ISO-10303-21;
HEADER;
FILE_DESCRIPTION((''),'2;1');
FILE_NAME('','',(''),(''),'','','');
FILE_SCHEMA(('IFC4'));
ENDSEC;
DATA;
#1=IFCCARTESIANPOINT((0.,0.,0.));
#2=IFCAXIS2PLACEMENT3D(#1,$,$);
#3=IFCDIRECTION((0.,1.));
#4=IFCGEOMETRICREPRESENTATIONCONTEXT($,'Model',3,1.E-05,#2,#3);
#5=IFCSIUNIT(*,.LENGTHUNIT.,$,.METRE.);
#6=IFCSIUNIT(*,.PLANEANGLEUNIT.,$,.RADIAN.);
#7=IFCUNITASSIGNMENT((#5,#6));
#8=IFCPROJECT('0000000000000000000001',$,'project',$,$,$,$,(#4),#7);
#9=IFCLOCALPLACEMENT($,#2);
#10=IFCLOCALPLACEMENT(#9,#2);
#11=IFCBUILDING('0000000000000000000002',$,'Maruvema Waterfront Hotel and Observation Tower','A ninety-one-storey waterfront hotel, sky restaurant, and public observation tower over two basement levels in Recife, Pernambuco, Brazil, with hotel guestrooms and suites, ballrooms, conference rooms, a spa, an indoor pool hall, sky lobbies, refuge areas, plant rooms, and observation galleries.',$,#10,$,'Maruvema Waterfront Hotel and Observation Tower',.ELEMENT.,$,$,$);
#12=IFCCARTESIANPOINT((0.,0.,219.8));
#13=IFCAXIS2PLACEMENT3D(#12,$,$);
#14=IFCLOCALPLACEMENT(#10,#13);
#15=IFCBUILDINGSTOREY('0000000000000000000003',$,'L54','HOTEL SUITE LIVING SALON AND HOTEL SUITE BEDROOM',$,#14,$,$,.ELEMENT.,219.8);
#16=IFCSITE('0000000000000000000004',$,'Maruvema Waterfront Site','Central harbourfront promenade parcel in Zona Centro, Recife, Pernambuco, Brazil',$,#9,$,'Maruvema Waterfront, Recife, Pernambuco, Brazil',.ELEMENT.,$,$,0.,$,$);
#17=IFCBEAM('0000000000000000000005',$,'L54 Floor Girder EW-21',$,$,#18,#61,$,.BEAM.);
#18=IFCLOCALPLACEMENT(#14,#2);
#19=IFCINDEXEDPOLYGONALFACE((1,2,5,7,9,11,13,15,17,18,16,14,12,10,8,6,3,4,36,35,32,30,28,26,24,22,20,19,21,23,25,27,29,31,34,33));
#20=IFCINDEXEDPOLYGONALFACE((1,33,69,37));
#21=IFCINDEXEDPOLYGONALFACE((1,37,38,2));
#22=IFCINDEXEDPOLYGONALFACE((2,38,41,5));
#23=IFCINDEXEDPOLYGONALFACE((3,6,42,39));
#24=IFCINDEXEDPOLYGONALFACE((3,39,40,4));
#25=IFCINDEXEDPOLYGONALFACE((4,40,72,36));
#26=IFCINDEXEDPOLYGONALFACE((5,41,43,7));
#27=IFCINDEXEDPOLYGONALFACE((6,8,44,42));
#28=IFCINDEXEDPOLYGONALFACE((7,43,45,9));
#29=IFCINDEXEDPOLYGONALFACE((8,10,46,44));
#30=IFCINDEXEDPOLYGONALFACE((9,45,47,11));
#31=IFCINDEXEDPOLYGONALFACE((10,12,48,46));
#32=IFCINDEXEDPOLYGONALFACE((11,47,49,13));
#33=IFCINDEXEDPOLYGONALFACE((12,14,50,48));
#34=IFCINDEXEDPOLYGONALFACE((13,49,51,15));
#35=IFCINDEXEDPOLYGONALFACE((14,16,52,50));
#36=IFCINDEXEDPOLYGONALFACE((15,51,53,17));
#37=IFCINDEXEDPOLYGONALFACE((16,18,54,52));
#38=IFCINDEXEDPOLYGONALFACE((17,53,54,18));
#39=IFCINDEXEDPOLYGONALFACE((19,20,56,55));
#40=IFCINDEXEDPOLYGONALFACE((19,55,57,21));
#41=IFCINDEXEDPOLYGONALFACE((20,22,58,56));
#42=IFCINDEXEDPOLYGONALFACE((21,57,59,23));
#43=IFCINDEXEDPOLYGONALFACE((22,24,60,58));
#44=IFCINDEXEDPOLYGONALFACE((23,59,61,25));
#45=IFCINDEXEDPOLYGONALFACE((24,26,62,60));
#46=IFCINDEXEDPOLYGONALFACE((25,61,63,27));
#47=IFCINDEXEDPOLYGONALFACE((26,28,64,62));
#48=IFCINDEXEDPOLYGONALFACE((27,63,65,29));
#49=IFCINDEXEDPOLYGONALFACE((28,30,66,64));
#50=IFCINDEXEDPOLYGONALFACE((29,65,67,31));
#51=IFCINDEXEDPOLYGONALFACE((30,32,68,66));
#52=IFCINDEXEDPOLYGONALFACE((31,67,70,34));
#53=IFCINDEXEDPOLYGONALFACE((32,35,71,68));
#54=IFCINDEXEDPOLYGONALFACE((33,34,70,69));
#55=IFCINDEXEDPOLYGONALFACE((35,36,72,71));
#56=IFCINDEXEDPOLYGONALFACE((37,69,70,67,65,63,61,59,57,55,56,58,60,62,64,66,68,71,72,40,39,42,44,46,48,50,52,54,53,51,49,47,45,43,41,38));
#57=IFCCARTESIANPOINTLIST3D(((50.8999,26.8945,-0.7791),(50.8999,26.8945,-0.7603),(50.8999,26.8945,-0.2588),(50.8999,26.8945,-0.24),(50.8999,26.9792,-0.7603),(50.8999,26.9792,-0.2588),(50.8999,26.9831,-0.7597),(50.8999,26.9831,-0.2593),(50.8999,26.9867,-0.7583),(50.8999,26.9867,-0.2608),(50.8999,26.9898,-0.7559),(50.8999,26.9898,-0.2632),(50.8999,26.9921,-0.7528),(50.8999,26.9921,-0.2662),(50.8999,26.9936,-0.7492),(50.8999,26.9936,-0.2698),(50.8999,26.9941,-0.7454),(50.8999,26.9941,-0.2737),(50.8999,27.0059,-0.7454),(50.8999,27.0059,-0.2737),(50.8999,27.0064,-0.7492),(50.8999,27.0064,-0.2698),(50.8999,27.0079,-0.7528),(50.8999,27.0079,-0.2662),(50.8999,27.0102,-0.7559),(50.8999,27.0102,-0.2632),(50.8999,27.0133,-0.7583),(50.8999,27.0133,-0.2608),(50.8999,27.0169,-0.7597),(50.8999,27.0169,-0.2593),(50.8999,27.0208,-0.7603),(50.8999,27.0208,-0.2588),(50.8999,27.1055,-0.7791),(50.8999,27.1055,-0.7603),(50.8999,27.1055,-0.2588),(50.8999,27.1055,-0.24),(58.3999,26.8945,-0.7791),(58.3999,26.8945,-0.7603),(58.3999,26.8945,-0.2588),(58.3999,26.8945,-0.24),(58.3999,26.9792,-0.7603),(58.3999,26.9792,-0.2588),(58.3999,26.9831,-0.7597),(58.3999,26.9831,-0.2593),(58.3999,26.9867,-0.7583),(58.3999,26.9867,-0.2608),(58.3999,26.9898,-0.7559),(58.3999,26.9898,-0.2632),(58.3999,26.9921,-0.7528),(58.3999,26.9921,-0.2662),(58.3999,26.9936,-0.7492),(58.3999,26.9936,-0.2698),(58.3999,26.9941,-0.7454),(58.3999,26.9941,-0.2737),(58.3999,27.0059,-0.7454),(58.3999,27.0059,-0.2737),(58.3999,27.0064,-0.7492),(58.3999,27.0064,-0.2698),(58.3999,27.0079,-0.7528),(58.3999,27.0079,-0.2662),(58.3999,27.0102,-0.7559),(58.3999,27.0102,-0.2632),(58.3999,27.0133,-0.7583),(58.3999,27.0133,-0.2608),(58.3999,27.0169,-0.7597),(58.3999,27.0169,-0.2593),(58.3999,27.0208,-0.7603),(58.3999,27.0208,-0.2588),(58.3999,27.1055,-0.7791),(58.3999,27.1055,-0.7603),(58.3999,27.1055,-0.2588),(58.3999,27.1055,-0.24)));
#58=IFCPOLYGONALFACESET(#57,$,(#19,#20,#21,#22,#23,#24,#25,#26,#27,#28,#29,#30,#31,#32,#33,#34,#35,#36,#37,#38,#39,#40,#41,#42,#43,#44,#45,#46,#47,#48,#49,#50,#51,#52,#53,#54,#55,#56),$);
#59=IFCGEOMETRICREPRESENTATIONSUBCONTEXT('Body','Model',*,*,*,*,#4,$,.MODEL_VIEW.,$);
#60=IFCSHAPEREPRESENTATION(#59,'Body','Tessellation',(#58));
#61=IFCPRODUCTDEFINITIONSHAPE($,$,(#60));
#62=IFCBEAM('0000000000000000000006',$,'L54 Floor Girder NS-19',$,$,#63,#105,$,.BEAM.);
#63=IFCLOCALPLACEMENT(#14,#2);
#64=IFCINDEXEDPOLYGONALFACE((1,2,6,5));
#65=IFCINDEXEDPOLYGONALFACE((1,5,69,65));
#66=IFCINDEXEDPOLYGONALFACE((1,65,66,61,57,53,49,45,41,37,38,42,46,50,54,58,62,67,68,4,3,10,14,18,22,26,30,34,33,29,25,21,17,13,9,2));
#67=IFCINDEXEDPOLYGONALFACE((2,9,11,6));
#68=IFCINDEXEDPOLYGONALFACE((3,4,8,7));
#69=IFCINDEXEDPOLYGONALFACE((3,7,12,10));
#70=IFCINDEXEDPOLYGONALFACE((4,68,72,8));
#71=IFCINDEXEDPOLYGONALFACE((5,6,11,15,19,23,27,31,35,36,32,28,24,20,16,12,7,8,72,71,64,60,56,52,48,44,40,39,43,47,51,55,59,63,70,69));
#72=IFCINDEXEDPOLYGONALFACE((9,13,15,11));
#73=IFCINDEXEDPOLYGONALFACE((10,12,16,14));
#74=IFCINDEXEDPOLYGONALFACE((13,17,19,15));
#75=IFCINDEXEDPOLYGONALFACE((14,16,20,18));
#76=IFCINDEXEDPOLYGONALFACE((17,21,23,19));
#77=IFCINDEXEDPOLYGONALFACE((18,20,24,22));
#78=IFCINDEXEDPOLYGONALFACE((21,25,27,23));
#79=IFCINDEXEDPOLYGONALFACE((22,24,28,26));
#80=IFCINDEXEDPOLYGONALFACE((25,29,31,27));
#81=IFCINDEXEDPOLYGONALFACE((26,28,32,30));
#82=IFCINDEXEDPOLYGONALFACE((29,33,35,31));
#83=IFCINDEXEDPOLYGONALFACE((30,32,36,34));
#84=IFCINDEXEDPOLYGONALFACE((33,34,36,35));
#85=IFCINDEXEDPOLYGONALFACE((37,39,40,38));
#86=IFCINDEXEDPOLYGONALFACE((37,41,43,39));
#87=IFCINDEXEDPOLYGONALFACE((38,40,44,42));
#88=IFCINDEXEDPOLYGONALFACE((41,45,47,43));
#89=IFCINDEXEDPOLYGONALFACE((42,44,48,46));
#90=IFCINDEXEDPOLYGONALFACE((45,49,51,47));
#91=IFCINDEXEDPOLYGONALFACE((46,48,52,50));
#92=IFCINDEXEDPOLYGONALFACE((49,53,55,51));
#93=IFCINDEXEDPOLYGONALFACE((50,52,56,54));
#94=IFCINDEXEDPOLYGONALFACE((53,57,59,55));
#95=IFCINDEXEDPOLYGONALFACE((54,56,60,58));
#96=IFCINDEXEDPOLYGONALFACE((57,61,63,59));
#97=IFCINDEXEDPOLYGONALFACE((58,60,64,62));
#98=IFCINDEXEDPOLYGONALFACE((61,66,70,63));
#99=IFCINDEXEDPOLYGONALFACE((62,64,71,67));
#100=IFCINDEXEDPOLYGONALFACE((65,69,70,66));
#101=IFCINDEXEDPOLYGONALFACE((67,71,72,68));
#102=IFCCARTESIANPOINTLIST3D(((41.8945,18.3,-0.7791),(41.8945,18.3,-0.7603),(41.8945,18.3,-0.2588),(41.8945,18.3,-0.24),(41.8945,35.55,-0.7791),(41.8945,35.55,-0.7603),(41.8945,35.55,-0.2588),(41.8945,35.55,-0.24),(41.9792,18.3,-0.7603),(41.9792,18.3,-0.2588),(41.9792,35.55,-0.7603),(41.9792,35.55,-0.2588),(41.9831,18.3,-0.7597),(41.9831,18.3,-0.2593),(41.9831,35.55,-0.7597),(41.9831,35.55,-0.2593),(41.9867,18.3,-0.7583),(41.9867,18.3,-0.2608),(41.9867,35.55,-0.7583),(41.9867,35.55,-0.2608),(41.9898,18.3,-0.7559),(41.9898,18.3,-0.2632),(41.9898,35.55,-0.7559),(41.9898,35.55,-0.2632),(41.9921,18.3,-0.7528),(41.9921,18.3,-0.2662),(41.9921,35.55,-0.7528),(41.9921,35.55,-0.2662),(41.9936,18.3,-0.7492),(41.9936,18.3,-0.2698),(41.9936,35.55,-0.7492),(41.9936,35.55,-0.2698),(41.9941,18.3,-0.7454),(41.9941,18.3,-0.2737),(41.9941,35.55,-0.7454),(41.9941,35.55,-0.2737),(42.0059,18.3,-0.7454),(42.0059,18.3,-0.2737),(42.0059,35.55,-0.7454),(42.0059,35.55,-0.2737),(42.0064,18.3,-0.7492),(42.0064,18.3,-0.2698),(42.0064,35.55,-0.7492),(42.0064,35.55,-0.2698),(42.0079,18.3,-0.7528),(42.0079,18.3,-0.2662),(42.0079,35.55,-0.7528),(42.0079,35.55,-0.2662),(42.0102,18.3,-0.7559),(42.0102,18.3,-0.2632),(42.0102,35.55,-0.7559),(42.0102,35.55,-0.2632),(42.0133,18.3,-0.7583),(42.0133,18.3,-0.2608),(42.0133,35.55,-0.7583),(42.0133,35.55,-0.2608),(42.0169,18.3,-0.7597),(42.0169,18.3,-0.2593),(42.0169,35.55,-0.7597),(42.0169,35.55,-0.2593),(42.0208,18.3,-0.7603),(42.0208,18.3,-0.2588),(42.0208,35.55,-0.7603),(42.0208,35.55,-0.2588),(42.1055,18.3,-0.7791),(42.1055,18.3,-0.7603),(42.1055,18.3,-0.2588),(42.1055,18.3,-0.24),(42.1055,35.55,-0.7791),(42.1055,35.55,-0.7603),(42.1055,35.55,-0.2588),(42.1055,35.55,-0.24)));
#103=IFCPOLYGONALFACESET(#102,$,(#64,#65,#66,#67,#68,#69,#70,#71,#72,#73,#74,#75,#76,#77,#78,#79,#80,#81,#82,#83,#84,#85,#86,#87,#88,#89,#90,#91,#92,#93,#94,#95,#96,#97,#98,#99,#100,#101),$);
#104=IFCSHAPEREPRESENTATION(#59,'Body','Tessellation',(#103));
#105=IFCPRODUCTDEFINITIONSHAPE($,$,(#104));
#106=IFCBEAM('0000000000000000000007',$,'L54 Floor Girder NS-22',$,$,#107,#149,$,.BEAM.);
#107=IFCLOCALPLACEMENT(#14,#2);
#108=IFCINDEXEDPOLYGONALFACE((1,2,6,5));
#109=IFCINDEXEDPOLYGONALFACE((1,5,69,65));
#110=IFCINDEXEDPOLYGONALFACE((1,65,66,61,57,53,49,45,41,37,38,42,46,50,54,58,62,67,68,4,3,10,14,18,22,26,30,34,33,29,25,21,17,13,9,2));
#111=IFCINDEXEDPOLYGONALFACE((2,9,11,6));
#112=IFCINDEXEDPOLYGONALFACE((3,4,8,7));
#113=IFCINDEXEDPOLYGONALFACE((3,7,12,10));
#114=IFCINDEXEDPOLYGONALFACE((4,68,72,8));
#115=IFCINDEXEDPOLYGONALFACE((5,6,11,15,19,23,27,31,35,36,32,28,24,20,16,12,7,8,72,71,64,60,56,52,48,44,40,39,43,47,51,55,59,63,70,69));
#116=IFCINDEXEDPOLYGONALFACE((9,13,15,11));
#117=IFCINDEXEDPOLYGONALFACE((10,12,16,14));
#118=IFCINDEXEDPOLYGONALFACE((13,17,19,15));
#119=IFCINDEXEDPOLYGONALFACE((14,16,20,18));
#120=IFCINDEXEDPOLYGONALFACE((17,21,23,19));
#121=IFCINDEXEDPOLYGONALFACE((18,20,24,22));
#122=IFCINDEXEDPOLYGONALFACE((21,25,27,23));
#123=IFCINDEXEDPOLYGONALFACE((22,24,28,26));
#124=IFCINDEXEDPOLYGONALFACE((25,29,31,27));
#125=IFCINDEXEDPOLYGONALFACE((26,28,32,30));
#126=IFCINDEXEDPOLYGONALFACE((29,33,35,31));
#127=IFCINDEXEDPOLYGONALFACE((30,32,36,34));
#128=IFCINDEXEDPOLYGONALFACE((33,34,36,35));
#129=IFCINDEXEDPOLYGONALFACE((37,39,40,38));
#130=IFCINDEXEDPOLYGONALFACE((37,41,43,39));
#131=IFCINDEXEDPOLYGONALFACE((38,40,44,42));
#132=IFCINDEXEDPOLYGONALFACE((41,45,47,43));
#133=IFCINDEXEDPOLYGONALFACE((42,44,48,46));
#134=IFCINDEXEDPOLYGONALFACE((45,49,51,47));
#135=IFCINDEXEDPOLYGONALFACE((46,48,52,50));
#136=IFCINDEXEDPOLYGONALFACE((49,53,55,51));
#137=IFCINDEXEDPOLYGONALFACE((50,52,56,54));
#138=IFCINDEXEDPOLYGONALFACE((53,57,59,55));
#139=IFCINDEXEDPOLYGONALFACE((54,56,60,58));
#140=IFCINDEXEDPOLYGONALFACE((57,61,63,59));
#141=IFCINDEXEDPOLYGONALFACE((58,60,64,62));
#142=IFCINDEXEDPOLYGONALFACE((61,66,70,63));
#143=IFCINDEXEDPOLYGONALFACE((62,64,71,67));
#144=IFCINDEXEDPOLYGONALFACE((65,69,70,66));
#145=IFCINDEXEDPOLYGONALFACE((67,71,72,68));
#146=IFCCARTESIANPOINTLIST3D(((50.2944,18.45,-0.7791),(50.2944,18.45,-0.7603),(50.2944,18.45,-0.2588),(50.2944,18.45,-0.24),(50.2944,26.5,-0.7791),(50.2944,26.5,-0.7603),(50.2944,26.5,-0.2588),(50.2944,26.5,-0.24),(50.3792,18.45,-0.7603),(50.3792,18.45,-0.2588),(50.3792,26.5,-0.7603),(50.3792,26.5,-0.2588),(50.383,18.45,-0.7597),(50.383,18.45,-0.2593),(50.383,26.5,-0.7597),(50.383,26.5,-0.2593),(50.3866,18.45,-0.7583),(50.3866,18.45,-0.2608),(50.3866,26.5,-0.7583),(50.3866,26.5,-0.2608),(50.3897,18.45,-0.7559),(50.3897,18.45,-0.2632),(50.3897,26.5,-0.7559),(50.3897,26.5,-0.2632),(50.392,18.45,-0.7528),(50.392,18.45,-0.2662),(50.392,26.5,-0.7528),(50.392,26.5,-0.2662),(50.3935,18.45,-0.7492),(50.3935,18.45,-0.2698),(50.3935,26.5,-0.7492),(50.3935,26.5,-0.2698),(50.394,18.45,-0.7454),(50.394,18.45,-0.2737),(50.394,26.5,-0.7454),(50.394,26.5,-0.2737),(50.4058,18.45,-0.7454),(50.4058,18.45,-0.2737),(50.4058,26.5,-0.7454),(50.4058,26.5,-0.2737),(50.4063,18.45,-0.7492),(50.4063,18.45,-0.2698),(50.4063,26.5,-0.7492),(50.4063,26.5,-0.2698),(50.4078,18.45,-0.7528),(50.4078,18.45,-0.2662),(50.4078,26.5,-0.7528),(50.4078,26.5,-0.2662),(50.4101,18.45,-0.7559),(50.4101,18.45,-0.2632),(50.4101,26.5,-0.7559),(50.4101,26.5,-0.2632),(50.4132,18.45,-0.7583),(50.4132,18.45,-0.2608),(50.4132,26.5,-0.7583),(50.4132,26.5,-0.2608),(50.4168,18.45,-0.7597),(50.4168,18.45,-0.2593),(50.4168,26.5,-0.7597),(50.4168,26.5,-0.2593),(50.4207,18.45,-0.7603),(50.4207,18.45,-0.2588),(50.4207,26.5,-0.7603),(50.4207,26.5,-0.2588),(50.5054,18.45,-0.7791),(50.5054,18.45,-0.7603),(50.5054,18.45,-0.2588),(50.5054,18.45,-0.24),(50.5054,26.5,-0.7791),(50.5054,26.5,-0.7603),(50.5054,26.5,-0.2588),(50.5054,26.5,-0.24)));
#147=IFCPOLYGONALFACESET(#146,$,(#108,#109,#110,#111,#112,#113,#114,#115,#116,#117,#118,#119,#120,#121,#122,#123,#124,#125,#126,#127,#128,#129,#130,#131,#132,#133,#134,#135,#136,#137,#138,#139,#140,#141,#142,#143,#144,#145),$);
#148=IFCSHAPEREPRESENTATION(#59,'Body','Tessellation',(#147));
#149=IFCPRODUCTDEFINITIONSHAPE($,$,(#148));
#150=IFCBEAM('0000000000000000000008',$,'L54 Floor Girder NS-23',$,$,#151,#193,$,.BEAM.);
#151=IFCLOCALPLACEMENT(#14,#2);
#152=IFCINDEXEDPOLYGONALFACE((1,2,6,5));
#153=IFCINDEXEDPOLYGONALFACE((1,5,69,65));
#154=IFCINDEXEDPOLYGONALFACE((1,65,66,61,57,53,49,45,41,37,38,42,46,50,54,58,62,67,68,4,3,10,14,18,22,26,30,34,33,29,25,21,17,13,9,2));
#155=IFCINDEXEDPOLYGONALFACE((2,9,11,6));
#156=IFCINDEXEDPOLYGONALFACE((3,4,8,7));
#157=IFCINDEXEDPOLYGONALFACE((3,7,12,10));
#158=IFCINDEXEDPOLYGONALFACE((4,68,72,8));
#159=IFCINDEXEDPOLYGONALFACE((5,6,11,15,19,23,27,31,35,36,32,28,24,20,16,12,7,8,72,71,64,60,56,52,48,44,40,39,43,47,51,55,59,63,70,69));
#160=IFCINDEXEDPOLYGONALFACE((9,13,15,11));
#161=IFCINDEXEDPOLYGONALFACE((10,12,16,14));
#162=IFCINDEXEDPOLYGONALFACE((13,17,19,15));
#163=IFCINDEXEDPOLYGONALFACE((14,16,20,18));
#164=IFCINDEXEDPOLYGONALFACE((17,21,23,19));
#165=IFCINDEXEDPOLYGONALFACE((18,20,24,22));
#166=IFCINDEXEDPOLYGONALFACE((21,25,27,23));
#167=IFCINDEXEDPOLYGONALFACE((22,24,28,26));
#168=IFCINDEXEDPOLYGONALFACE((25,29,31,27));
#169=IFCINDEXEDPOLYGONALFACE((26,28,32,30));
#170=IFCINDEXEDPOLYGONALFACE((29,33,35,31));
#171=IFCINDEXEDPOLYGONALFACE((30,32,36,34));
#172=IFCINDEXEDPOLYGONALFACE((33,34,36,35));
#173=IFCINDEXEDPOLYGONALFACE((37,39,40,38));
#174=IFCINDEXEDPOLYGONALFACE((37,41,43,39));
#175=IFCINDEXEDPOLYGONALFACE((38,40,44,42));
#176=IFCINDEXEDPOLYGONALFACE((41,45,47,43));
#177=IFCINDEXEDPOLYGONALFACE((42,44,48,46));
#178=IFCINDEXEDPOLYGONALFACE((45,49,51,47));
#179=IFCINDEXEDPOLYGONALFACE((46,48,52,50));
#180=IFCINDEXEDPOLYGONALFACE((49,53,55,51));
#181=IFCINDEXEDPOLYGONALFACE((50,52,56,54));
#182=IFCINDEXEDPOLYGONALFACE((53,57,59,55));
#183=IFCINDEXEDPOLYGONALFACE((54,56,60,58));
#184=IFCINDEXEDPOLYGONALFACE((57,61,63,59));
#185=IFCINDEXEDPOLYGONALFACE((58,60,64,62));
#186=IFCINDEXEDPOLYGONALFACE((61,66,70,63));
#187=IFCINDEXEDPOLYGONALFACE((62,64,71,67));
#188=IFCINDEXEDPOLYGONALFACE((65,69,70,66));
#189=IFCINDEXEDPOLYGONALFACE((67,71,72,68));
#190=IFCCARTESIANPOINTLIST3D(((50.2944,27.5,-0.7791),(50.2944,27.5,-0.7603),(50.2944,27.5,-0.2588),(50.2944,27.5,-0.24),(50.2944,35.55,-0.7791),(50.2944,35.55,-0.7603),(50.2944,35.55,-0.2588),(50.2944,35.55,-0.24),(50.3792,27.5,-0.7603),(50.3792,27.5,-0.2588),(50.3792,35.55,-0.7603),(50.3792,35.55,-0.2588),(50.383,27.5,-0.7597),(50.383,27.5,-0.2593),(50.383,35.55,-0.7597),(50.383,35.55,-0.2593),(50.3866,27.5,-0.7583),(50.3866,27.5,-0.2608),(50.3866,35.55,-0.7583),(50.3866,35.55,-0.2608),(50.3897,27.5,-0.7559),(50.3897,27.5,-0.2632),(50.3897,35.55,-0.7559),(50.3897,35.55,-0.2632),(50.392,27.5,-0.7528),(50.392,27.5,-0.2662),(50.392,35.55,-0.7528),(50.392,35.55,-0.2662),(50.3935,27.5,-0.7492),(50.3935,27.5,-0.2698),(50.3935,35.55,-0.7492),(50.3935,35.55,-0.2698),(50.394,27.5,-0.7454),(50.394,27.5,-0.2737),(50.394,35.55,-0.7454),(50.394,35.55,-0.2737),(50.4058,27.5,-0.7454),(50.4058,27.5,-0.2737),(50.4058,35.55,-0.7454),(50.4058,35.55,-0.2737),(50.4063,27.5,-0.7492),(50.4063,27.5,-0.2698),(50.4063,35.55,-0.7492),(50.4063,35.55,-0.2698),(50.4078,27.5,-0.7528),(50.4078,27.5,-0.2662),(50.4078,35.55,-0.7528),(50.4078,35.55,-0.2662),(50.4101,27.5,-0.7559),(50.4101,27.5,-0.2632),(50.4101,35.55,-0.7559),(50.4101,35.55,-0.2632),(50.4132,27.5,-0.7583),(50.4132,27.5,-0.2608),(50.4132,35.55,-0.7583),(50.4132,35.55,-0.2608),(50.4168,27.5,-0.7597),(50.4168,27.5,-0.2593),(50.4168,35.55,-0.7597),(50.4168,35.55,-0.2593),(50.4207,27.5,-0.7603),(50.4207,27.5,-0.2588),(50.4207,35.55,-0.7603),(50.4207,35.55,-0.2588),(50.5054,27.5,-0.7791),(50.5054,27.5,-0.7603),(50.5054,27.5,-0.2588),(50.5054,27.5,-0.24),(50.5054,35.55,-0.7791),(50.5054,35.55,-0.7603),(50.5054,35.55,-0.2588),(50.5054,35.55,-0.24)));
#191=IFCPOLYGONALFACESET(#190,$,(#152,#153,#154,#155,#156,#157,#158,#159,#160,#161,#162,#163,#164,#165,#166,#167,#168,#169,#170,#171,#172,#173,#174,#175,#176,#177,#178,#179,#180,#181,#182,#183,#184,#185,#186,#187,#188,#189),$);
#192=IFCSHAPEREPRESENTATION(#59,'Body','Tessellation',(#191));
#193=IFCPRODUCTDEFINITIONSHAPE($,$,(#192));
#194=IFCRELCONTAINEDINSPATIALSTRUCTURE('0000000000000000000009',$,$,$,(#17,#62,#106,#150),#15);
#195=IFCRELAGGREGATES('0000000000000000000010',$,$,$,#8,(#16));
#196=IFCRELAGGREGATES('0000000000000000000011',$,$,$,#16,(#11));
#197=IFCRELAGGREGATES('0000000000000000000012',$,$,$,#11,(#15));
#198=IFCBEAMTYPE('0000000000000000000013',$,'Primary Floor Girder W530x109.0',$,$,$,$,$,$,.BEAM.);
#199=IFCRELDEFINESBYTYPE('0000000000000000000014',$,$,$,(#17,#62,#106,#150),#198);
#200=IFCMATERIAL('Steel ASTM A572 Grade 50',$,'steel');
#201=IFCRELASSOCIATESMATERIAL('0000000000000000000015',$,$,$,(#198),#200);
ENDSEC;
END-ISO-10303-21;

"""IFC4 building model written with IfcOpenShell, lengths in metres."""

from ifc_helpers import new_model, si_unit, direction, frame, origin, origin_2d, place, context, subcontext, project, spatial, i_section, extrude, material, material_profile, profile_set, type_object, element, save


model = new_model("IFC4")

# Units and contexts
model_context = context("Model", 3, precision=1e-05, world=origin(), true_north=direction((0.0, 1.0)))
body_context = subcontext(model_context, "Body", "Model", "MODEL_VIEW")
ifc_project = project(units=[si_unit("LENGTHUNIT", "METRE"), si_unit("PLANEANGLEUNIT", "RADIAN")], contexts=[model_context])

# Site, building, storey
site_placement = place(None, origin())
site = spatial("IfcSite", under=ifc_project, at=site_placement, Name="Maruvema Waterfront Site", Description="Central harbourfront promenade parcel in Zona Centro, Recife, Pernambuco, Brazil", LongName="Maruvema Waterfront, Recife, Pernambuco, Brazil", CompositionType="ELEMENT", RefElevation=0.0)
building_placement = place(site_placement, origin())
building = spatial("IfcBuilding", under=site, at=building_placement, Name="Maruvema Waterfront Hotel and Observation Tower", Description="A ninety-one-storey waterfront hotel, sky restaurant, and public observation tower over two basement levels in Recife, Pernambuco, Brazil, with hotel guestrooms and suites, ballrooms, conference rooms, a spa, an indoor pool hall, sky lobbies, refuge areas, plant rooms, and observation galleries.", LongName="Maruvema Waterfront Hotel and Observation Tower", CompositionType="ELEMENT")
storey_placement = place(building_placement, frame((0.0, 0.0, 219.8)))
storey = spatial("IfcBuildingStorey", under=building, at=storey_placement, Name="L54", Description="HOTEL SUITE LIVING SALON AND HOTEL SUITE BEDROOM", CompositionType="ELEMENT", Elevation=219.8)

# Beams
ifc_material_1 = material(Name="Steel ASTM A572 Grade 50", Category="steel")
ifc_material_profile_1 = material_profile(ifc_material_1, i_section(OverallWidth=0.2109, OverallDepth=0.5391, WebThickness=0.0117, FlangeThickness=0.0188, FilletRadius=0.0149, at=origin_2d()), Name="W530x109.0")
ifc_profile_set_1 = profile_set([ifc_material_profile_1], Name="Steel ASTM A572 Grade 50")
beam_type_1 = type_object("IfcBeamType", Name="Primary Floor Girder W530x109.0", PredefinedType="BEAM", material=ifc_profile_set_1)
beam_1_placement = place(storey_placement, frame((50.8999, 27.0, -0.5095), z_axis=(1.0, 0.0, 0.0), x_axis=(0.0, 1.0, 0.0)))
element("IfcBeam", 1, at=beam_1_placement, inside=storey, type_object=beam_type_1, Name="L54 Floor Girder EW-21", PredefinedType="BEAM", context=body_context, shape_type="SweptSolid", body=[
    extrude(i_section(OverallWidth=0.2109, OverallDepth=0.5391, WebThickness=0.0117, FlangeThickness=0.0188, FilletRadius=0.0149, at=origin_2d()), origin(), (0.0, 0.0, 1.0), 7.5),
])
beam_2_placement = place(storey_placement, frame((42.0, 18.3, -0.5095), z_axis=(0.0, 1.0, 0.0), x_axis=(-1.0, 0.0, 0.0)))
element("IfcBeam", 2, at=beam_2_placement, inside=storey, type_object=beam_type_1, Name="L54 Floor Girder NS-19", PredefinedType="BEAM", context=body_context, shape_type="SweptSolid", body=[
    extrude(i_section(OverallWidth=0.2109, OverallDepth=0.5391, WebThickness=0.0117, FlangeThickness=0.0188, FilletRadius=0.0149, at=origin_2d()), origin(), (0.0, 0.0, 1.0), 17.25),
])
for number, where, z_axis, x_axis, name in (
    (3, (50.3999, 18.45, -0.5095), (0.0, 1.0, 0.0), (-1.0, 0.0, 0.0), "L54 Floor Girder NS-22"),
    (4, (50.3999, 27.5, -0.5095), (0.0, 1.0, 0.0), (-1.0, 0.0, 0.0), "L54 Floor Girder NS-23"),
):
    element("IfcBeam", number, at=place(storey_placement, frame(where, z_axis=z_axis, x_axis=x_axis)), inside=storey, type_object=beam_type_1, Name=name, PredefinedType="BEAM", context=body_context, shape_type="SweptSolid", body=[
        extrude(i_section(OverallWidth=0.2109, OverallDepth=0.5391, WebThickness=0.0117, FlangeThickness=0.0188, FilletRadius=0.0149, at=origin_2d()), origin(), (0.0, 0.0, 1.0), 8.05),
    ])

save(model, "model.ifc")
